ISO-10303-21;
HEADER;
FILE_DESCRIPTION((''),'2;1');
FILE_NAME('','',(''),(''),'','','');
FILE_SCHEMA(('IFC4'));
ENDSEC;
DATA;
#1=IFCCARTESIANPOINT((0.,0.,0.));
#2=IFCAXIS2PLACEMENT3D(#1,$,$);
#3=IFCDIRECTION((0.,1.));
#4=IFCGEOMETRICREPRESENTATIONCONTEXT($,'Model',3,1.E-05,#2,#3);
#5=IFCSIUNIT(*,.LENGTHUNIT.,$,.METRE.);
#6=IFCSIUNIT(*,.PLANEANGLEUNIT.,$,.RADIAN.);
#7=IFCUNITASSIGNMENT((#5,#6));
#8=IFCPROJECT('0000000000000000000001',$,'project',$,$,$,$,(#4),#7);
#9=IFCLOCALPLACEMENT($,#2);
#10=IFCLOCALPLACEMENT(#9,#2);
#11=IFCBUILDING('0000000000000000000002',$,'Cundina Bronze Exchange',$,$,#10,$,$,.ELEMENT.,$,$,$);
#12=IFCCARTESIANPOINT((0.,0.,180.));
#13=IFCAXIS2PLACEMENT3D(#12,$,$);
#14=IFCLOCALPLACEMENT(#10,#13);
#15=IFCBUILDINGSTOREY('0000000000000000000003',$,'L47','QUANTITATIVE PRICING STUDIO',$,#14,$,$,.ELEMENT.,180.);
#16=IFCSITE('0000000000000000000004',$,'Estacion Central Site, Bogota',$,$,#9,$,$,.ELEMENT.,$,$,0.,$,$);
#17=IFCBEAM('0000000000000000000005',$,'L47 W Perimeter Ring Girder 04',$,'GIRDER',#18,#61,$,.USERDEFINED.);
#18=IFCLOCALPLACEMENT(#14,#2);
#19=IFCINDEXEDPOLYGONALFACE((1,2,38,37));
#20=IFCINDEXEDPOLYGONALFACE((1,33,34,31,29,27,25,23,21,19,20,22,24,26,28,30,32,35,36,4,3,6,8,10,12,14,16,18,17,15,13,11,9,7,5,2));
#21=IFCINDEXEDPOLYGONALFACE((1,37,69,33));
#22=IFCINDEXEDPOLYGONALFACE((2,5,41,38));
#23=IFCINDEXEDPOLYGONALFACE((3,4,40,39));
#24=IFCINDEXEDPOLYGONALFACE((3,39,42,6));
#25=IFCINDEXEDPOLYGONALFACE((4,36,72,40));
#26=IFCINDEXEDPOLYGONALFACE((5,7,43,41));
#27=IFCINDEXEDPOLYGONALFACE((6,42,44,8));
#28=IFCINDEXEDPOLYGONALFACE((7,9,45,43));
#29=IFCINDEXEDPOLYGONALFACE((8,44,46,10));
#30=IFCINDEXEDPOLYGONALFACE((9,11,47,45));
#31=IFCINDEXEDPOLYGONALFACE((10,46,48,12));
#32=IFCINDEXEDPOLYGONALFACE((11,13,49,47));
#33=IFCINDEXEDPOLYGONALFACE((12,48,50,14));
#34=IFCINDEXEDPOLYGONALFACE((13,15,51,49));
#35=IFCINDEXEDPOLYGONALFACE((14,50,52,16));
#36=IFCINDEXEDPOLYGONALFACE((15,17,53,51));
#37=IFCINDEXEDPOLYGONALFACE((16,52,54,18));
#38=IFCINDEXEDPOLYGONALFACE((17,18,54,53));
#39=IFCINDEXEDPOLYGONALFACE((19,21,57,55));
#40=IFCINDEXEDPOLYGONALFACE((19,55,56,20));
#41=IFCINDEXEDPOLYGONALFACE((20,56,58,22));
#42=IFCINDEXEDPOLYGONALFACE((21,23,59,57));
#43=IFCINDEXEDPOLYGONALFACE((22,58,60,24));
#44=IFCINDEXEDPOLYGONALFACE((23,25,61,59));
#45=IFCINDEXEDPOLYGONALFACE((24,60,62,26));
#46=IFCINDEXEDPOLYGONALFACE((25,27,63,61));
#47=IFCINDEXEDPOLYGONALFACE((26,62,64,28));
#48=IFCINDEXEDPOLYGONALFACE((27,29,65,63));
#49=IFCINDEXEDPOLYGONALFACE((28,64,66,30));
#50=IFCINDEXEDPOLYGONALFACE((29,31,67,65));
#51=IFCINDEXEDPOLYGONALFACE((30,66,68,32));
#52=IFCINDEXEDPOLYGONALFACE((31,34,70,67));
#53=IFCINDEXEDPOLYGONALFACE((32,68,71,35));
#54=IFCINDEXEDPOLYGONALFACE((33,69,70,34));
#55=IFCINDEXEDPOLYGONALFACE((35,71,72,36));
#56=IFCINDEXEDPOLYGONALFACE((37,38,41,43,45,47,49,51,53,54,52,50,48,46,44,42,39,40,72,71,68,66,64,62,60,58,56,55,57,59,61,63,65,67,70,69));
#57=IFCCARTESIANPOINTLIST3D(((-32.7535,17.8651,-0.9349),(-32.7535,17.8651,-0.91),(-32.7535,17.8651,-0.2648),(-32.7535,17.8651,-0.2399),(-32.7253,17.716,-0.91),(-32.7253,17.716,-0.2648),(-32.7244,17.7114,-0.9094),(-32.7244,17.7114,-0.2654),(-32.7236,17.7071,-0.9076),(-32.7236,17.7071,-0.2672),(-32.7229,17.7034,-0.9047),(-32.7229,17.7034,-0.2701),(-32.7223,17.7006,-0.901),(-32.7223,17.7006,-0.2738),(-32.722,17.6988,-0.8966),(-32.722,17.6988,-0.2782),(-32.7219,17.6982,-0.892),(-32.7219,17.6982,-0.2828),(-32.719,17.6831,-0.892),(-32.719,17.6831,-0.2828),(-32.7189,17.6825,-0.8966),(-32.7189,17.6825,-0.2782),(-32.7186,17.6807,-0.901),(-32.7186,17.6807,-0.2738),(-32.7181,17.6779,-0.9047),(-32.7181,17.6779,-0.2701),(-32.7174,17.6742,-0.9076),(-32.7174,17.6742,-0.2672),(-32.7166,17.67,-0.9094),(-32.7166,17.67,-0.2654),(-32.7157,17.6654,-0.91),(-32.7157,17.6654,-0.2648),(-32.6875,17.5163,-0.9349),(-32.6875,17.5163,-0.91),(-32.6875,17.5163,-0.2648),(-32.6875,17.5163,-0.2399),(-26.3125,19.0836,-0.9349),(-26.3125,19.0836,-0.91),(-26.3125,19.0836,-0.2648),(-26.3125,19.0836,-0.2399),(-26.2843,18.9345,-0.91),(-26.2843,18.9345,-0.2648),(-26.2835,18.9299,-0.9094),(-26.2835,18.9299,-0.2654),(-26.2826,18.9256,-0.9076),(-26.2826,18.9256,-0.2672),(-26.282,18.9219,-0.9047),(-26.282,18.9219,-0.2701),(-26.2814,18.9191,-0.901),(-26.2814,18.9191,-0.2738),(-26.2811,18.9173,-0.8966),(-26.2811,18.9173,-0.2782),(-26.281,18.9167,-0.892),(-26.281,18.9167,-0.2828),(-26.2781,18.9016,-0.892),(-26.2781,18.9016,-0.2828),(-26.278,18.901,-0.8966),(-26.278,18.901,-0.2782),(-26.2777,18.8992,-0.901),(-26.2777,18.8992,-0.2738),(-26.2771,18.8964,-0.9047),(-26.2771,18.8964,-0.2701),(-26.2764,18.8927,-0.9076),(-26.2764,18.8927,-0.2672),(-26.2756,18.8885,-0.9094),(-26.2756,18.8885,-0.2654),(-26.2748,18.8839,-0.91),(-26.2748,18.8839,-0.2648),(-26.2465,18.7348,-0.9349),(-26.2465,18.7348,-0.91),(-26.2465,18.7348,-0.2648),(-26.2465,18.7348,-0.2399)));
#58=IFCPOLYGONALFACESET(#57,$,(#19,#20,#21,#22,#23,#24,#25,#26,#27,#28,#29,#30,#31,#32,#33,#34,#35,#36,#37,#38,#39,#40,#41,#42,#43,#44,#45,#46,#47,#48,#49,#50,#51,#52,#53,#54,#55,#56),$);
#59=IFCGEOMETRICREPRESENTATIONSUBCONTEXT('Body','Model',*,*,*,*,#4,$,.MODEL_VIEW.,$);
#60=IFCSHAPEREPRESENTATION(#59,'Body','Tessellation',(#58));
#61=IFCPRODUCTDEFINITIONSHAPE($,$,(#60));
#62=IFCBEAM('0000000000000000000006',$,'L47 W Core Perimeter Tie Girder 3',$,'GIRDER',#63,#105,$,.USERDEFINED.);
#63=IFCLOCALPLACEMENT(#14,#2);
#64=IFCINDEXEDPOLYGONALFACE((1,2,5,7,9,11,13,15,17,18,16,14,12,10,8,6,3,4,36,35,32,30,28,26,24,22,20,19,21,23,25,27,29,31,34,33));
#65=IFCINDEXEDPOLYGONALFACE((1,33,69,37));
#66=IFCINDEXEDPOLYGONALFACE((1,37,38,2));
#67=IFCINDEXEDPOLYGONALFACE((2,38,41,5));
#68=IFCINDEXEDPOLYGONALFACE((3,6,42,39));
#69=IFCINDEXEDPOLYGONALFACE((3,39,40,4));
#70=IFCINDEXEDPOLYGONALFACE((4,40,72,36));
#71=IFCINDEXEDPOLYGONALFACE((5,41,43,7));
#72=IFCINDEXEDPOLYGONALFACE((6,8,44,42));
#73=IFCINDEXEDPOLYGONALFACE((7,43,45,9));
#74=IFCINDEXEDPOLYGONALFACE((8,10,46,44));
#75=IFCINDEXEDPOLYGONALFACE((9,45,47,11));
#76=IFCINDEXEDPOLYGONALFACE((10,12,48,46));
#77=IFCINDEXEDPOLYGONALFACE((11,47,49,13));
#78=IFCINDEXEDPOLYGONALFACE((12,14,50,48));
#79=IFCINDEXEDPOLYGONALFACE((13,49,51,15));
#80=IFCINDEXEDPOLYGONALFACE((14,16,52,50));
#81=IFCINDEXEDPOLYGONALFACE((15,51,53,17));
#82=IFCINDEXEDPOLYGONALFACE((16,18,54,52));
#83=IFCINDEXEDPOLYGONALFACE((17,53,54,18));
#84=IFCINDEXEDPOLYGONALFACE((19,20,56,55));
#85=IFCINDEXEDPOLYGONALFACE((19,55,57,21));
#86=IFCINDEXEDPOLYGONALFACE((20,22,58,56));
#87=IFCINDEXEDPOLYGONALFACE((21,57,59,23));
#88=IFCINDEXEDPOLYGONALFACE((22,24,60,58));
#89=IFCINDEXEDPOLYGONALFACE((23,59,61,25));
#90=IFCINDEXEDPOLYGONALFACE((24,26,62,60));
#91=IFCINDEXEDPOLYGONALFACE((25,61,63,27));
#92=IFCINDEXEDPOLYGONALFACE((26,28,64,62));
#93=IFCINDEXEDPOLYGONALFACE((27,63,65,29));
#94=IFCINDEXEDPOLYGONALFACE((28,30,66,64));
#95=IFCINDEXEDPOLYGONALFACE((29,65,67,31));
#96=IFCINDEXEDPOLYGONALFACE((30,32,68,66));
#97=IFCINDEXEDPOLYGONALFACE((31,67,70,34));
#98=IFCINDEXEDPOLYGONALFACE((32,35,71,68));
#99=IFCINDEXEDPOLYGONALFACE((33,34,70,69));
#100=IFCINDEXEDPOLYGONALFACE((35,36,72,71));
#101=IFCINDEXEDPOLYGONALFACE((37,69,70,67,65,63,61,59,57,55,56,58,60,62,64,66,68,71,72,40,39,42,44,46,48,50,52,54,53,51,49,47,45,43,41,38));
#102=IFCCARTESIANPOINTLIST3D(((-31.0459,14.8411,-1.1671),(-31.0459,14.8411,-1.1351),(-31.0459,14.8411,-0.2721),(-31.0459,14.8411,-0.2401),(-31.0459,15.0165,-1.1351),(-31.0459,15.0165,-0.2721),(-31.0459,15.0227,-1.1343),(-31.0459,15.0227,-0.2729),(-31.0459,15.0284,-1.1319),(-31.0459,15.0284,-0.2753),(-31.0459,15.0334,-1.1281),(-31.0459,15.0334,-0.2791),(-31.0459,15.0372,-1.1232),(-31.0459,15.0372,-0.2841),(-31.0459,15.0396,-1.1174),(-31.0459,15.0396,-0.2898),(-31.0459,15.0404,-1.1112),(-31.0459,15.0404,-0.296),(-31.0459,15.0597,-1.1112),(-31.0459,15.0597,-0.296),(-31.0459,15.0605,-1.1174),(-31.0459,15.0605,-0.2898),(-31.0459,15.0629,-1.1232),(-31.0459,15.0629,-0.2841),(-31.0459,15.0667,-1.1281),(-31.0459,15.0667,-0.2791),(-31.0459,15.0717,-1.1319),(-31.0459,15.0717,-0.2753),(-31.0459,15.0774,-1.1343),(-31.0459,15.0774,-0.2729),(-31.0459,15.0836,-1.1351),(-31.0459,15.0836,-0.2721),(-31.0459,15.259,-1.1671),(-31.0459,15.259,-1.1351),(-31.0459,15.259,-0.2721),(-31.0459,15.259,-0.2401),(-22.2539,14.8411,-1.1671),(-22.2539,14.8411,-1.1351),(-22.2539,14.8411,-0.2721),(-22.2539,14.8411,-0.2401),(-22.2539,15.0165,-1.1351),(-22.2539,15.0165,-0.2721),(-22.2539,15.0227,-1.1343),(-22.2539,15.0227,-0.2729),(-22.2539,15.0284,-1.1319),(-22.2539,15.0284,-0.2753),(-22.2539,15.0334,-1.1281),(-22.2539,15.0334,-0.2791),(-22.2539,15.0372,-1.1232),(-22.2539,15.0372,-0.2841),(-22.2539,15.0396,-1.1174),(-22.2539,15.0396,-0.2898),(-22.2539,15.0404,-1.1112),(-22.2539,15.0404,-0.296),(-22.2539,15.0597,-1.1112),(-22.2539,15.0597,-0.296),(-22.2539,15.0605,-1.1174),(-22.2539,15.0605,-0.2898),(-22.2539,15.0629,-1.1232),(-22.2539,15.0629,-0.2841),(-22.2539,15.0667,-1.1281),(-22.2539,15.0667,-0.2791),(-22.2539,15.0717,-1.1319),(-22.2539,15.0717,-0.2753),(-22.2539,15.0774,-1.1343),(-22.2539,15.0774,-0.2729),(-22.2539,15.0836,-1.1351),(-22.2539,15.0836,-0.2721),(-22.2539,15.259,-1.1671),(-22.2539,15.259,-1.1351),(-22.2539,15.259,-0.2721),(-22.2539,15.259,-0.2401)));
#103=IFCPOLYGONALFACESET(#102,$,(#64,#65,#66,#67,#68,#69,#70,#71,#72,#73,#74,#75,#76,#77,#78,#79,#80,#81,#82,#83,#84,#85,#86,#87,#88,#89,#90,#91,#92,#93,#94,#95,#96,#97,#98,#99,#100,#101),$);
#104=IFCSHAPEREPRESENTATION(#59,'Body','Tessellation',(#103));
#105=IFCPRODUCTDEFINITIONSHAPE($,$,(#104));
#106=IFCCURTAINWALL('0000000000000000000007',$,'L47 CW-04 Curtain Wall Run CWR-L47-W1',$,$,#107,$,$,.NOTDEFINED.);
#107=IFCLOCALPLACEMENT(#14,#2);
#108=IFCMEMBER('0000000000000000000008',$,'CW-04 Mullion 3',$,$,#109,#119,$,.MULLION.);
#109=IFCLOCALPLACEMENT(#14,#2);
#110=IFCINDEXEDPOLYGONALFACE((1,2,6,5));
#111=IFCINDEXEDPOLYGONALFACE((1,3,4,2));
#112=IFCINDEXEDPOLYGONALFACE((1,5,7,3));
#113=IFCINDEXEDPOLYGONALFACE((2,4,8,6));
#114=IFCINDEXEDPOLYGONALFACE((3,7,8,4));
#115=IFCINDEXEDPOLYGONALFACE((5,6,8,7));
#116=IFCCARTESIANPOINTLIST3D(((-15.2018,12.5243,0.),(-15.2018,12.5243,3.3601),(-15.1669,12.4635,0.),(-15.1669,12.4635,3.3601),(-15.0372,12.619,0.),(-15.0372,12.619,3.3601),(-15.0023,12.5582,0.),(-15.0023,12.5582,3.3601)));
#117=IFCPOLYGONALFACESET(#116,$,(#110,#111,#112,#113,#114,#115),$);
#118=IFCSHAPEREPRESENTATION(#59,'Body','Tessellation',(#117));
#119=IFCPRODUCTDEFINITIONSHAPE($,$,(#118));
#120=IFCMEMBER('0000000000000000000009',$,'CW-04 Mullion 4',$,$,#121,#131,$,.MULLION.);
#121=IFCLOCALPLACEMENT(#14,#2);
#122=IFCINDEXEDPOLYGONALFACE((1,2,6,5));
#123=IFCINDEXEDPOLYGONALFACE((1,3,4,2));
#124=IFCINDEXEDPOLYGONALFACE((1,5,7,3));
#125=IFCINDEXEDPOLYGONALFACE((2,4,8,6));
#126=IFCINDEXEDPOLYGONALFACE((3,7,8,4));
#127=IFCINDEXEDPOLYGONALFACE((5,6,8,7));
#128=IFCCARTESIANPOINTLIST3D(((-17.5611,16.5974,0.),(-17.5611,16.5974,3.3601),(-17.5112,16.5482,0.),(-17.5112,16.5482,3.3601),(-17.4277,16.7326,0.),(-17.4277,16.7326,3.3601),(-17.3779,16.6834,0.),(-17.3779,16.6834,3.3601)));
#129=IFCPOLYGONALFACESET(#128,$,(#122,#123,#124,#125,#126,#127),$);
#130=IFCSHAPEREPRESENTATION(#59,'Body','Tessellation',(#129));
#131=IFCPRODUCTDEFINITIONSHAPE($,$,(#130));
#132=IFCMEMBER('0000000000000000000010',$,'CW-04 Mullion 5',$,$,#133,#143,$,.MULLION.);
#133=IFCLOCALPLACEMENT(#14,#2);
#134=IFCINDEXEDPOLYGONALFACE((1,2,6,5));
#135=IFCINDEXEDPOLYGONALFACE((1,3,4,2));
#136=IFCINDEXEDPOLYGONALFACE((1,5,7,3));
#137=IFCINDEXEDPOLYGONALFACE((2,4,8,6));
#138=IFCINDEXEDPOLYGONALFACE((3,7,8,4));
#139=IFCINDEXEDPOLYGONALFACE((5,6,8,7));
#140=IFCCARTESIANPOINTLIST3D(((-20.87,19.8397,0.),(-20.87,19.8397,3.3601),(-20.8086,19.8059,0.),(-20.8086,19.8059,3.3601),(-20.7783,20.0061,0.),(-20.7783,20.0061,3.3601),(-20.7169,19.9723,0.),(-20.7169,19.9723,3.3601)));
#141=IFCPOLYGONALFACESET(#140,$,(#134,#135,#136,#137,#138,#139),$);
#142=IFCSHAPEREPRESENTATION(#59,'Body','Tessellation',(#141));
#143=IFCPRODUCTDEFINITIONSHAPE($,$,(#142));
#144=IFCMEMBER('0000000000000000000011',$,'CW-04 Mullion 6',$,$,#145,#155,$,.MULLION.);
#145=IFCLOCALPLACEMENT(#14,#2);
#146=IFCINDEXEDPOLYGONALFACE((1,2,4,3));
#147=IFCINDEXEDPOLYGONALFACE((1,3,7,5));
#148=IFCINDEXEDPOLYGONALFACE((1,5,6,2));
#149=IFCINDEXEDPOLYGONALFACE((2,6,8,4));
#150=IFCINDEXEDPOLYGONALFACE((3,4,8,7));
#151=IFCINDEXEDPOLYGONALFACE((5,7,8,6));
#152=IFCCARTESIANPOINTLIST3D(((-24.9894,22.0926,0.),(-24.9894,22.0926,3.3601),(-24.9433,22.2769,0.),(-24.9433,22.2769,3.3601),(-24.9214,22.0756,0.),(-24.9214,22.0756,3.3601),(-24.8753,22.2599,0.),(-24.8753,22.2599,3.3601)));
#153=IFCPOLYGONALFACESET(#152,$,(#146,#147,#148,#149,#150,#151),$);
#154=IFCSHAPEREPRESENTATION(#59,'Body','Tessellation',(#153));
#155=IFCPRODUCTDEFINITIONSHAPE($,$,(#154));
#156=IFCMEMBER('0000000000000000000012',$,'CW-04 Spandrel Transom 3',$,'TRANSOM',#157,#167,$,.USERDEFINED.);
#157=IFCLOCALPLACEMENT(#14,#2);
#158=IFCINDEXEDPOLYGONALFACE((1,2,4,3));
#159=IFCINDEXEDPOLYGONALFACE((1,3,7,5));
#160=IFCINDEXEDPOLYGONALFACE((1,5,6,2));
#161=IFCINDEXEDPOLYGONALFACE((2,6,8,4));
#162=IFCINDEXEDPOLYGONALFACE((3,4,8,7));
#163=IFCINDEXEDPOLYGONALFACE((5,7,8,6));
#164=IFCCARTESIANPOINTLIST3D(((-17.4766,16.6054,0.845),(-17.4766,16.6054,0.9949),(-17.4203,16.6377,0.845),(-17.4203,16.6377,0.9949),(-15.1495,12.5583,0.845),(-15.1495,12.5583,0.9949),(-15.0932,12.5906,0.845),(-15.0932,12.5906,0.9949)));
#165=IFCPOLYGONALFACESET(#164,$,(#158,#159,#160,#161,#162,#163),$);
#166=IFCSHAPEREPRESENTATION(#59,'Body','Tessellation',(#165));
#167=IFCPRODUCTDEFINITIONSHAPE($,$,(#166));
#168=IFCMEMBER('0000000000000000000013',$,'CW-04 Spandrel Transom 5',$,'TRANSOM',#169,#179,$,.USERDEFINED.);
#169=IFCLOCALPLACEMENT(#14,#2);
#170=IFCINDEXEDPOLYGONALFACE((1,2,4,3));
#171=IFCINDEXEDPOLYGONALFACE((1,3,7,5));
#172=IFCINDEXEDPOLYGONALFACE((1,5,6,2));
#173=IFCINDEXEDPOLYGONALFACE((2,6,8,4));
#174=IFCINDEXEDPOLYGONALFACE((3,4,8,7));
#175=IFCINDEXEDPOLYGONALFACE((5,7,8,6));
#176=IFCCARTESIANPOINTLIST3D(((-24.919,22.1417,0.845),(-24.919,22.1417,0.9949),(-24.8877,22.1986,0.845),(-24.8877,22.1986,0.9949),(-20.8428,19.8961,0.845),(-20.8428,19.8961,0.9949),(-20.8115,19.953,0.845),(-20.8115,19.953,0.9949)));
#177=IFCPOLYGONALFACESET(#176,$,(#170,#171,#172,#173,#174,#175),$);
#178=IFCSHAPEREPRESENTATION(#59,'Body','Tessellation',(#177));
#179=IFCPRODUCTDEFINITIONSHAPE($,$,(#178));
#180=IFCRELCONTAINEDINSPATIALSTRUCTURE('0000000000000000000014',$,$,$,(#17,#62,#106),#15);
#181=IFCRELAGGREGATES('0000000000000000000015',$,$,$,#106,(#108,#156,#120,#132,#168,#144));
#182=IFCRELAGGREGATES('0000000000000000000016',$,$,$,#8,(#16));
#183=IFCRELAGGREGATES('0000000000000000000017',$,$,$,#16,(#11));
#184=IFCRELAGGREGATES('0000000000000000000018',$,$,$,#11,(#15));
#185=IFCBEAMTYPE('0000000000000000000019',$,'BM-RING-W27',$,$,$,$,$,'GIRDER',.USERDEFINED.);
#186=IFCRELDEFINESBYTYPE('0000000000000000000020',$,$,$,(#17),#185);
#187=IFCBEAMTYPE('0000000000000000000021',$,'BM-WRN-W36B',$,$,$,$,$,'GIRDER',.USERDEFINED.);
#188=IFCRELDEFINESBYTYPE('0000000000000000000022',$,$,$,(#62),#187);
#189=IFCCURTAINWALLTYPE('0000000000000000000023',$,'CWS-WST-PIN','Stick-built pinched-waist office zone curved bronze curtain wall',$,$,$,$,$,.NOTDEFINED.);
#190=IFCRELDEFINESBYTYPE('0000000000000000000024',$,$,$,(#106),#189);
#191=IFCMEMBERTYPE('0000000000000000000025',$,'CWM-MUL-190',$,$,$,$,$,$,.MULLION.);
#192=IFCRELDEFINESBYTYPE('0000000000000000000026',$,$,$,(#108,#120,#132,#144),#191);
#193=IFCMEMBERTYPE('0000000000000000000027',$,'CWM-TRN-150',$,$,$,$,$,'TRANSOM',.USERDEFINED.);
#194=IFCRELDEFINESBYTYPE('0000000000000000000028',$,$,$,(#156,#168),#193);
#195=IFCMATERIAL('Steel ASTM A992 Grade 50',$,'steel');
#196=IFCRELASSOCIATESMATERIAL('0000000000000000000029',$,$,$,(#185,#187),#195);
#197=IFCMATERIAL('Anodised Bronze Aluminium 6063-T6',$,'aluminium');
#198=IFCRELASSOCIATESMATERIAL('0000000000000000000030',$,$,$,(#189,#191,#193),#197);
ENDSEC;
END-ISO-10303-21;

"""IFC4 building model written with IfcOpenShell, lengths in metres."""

from ifc_helpers import new_model, si_unit, direction, frame, origin, origin_2d, place, context, subcontext, project, spatial, rectangle, i_section, extrude, material, material_profile, profile_set, type_object, element, aggregate, save


model = new_model("IFC4")

# Units and contexts
model_context = context("Model", 3, precision=1e-05, world=origin(), true_north=direction((0.0, 1.0)))
body_context = subcontext(model_context, "Body", "Model", "MODEL_VIEW")
ifc_project = project(units=[si_unit("LENGTHUNIT", "METRE"), si_unit("PLANEANGLEUNIT", "RADIAN")], contexts=[model_context])

# Site, building, storey
site_placement = place(None, origin())
site = spatial("IfcSite", under=ifc_project, at=site_placement, Name="Estacion Central Site, Bogota", CompositionType="ELEMENT", RefElevation=0.0)
building_placement = place(site_placement, origin())
building = spatial("IfcBuilding", under=site, at=building_placement, Name="Cundina Bronze Exchange", CompositionType="ELEMENT")
storey_placement = place(building_placement, frame((0.0, 0.0, 180.0)))
storey = spatial("IfcBuildingStorey", under=building, at=storey_placement, Name="L47", Description="QUANTITATIVE PRICING STUDIO", CompositionType="ELEMENT", Elevation=180.0)

# Shared definitions
ifc_material_1 = material(Name="Steel ASTM A992 Grade 50", Category="steel")

# Beams
ifc_material_profile_1 = material_profile(ifc_material_1, i_section(OverallWidth=0.355, OverallDepth=0.6951, WebThickness=0.0154, FlangeThickness=0.0249, FilletRadius=0.0181, at=origin_2d()), Name="W27X146", Category="steel")
ifc_profile_set_1 = profile_set([ifc_material_profile_1], Name="Steel ASTM A992 Grade 50")
beam_type_1 = type_object("IfcBeamType", Name="BM-RING-W27", ElementType="GIRDER", PredefinedType="USERDEFINED", material=ifc_profile_set_1)
beam_1_placement = place(storey_placement, frame((-26.2795, 18.9092, -0.5874), z_axis=(-0.982572, -0.185885, 0.0), x_axis=(0.185885, -0.982572, 0.0)))
element("IfcBeam", 1, at=beam_1_placement, inside=storey, type_object=beam_type_1, Name="L47 W Perimeter Ring Girder 04", ObjectType="GIRDER", PredefinedType="USERDEFINED", context=body_context, shape_type="SweptSolid", body=[
    extrude(i_section(OverallWidth=0.355, OverallDepth=0.6951, WebThickness=0.0154, FlangeThickness=0.0249, FilletRadius=0.0181, at=origin_2d()), origin(), (0.0, 0.0, 1.0), 6.5552),
])
ifc_material_profile_2 = material_profile(ifc_material_1, i_section(OverallWidth=0.418, OverallDepth=0.927, WebThickness=0.0193, FlangeThickness=0.032, FilletRadius=0.0239, at=origin_2d()), Name="W36X231", Category="steel")
ifc_profile_set_2 = profile_set([ifc_material_profile_2], Name="Steel ASTM A992 Grade 50")
beam_type_2 = type_object("IfcBeamType", Name="BM-WRN-W36B", ElementType="GIRDER", PredefinedType="USERDEFINED", material=ifc_profile_set_2)
beam_2_placement = place(storey_placement, frame((-22.2539, 15.05, -0.7036), z_axis=(-1.0, 0.0, 0.0), x_axis=(0.0, -1.0, 0.0)))
element("IfcBeam", 2, at=beam_2_placement, inside=storey, type_object=beam_type_2, Name="L47 W Core Perimeter Tie Girder 3", ObjectType="GIRDER", PredefinedType="USERDEFINED", context=body_context, shape_type="SweptSolid", body=[
    extrude(i_section(OverallWidth=0.418, OverallDepth=0.927, WebThickness=0.0193, FlangeThickness=0.032, FilletRadius=0.0239, at=origin_2d()), origin(), (0.0, 0.0, 1.0), 8.792),
])

# Curtain wall, members
ifc_material_2 = material(Name="Anodised Bronze Aluminium 6063-T6", Category="aluminium")
curtain_wall_type = type_object("IfcCurtainWallType", Name="CWS-WST-PIN", Description="Stick-built pinched-waist office zone curved bronze curtain wall", PredefinedType="NOTDEFINED", material=ifc_material_2)
curtain_wall_placement = place(storey_placement, origin())
curtain_wall = element("IfcCurtainWall", 3, at=curtain_wall_placement, inside=storey, type_object=curtain_wall_type, Name="L47 CW-04 Curtain Wall Run CWR-L47-W1", PredefinedType="NOTDEFINED")
ifc_material_profile_3 = material_profile(ifc_material_2, rectangle(XDim=0.0701, YDim=0.1899, at=origin_2d()), Name="AL70X190", Category="aluminium")
ifc_profile_set_3 = profile_set([ifc_material_profile_3], Name="Anodised Bronze Aluminium 6063-T6")
member_type_1 = type_object("IfcMemberType", Name="CWM-MUL-190", PredefinedType="MULLION", material=ifc_profile_set_3)
member_1_placement = place(storey_placement, frame((-15.1021, 12.5413, 0.0), z_axis=(0.0, 0.0, 1.0), x_axis=(-0.498488, 0.866897, 0.0)))
member_1 = element("IfcMember", 4, at=member_1_placement, type_object=member_type_1, Name="CW-04 Mullion 3", PredefinedType="MULLION", context=body_context, shape_type="SweptSolid", body=[
    extrude(rectangle(XDim=0.0701, YDim=0.1899, at=origin_2d()), origin(), (0.0, 0.0, 1.0), 3.3601),
])
member_2_placement = place(storey_placement, frame((-17.4695, 16.6404, 0.0), z_axis=(0.0, 0.0, 1.0), x_axis=(-0.712026, 0.702153, 0.0)))
member_2 = element("IfcMember", 5, at=member_2_placement, type_object=member_type_1, Name="CW-04 Mullion 4", PredefinedType="MULLION", context=body_context, shape_type="SweptSolid", body=[
    extrude(rectangle(XDim=0.0701, YDim=0.1899, at=origin_2d()), origin(), (0.0, 0.0, 1.0), 3.3601),
])
member_3_placement = place(storey_placement, frame((-20.7935, 19.906, 0.0), z_axis=(0.0, 0.0, 1.0), x_axis=(-0.875886, 0.482518, 0.0)))
member_3 = element("IfcMember", 6, at=member_3_placement, type_object=member_type_1, Name="CW-04 Mullion 5", PredefinedType="MULLION", context=body_context, shape_type="SweptSolid", body=[
    extrude(rectangle(XDim=0.0701, YDim=0.1899, at=origin_2d()), origin(), (0.0, 0.0, 1.0), 3.3601),
])
member_4_placement = place(storey_placement, frame((-24.9324, 22.1763, 0.0), z_axis=(0.0, 0.0, 1.0), x_axis=(-0.970084, 0.242769, 0.0)))
member_4 = element("IfcMember", 7, at=member_4_placement, type_object=member_type_1, Name="CW-04 Mullion 6", PredefinedType="MULLION", context=body_context, shape_type="SweptSolid", body=[
    extrude(rectangle(XDim=0.0701, YDim=0.1899, at=origin_2d()), origin(), (0.0, 0.0, 1.0), 3.3601),
])
ifc_material_profile_4 = material_profile(ifc_material_2, rectangle(XDim=0.0649, YDim=0.1499, at=origin_2d()), Name="AL65X150", Category="aluminium")
ifc_profile_set_4 = profile_set([ifc_material_profile_4], Name="Anodised Bronze Aluminium 6063-T6")
member_type_2 = type_object("IfcMemberType", Name="CWM-TRN-150", ElementType="TRANSOM", PredefinedType="USERDEFINED", material=ifc_profile_set_4)
member_5_placement = place(storey_placement, frame((-15.1213, 12.5745, 0.9199), z_axis=(-0.49848, 0.866901, 0.0), x_axis=(-0.866901, -0.49848, 0.0)))
member_5 = element("IfcMember", 8, at=member_5_placement, type_object=member_type_2, Name="CW-04 Spandrel Transom 3", ObjectType="TRANSOM", PredefinedType="USERDEFINED", context=body_context, shape_type="SweptSolid", body=[
    extrude(rectangle(XDim=0.0649, YDim=0.1499, at=origin_2d()), origin(), (0.0, 0.0, 1.0), 4.6685),
])
member_6_placement = place(storey_placement, frame((-20.8271, 19.9246, 0.9199), z_axis=(-0.875879, 0.482531, 0.0), x_axis=(-0.482531, -0.875879, 0.0)))
member_6 = element("IfcMember", 9, at=member_6_placement, type_object=member_type_2, Name="CW-04 Spandrel Transom 5", ObjectType="TRANSOM", PredefinedType="USERDEFINED", context=body_context, shape_type="SweptSolid", body=[
    extrude(rectangle(XDim=0.0649, YDim=0.1499, at=origin_2d()), origin(), (0.0, 0.0, 1.0), 4.6538),
])
aggregate(curtain_wall, [member_1, member_5, member_2, member_3, member_6, member_4])

save(model, "model.ifc")
